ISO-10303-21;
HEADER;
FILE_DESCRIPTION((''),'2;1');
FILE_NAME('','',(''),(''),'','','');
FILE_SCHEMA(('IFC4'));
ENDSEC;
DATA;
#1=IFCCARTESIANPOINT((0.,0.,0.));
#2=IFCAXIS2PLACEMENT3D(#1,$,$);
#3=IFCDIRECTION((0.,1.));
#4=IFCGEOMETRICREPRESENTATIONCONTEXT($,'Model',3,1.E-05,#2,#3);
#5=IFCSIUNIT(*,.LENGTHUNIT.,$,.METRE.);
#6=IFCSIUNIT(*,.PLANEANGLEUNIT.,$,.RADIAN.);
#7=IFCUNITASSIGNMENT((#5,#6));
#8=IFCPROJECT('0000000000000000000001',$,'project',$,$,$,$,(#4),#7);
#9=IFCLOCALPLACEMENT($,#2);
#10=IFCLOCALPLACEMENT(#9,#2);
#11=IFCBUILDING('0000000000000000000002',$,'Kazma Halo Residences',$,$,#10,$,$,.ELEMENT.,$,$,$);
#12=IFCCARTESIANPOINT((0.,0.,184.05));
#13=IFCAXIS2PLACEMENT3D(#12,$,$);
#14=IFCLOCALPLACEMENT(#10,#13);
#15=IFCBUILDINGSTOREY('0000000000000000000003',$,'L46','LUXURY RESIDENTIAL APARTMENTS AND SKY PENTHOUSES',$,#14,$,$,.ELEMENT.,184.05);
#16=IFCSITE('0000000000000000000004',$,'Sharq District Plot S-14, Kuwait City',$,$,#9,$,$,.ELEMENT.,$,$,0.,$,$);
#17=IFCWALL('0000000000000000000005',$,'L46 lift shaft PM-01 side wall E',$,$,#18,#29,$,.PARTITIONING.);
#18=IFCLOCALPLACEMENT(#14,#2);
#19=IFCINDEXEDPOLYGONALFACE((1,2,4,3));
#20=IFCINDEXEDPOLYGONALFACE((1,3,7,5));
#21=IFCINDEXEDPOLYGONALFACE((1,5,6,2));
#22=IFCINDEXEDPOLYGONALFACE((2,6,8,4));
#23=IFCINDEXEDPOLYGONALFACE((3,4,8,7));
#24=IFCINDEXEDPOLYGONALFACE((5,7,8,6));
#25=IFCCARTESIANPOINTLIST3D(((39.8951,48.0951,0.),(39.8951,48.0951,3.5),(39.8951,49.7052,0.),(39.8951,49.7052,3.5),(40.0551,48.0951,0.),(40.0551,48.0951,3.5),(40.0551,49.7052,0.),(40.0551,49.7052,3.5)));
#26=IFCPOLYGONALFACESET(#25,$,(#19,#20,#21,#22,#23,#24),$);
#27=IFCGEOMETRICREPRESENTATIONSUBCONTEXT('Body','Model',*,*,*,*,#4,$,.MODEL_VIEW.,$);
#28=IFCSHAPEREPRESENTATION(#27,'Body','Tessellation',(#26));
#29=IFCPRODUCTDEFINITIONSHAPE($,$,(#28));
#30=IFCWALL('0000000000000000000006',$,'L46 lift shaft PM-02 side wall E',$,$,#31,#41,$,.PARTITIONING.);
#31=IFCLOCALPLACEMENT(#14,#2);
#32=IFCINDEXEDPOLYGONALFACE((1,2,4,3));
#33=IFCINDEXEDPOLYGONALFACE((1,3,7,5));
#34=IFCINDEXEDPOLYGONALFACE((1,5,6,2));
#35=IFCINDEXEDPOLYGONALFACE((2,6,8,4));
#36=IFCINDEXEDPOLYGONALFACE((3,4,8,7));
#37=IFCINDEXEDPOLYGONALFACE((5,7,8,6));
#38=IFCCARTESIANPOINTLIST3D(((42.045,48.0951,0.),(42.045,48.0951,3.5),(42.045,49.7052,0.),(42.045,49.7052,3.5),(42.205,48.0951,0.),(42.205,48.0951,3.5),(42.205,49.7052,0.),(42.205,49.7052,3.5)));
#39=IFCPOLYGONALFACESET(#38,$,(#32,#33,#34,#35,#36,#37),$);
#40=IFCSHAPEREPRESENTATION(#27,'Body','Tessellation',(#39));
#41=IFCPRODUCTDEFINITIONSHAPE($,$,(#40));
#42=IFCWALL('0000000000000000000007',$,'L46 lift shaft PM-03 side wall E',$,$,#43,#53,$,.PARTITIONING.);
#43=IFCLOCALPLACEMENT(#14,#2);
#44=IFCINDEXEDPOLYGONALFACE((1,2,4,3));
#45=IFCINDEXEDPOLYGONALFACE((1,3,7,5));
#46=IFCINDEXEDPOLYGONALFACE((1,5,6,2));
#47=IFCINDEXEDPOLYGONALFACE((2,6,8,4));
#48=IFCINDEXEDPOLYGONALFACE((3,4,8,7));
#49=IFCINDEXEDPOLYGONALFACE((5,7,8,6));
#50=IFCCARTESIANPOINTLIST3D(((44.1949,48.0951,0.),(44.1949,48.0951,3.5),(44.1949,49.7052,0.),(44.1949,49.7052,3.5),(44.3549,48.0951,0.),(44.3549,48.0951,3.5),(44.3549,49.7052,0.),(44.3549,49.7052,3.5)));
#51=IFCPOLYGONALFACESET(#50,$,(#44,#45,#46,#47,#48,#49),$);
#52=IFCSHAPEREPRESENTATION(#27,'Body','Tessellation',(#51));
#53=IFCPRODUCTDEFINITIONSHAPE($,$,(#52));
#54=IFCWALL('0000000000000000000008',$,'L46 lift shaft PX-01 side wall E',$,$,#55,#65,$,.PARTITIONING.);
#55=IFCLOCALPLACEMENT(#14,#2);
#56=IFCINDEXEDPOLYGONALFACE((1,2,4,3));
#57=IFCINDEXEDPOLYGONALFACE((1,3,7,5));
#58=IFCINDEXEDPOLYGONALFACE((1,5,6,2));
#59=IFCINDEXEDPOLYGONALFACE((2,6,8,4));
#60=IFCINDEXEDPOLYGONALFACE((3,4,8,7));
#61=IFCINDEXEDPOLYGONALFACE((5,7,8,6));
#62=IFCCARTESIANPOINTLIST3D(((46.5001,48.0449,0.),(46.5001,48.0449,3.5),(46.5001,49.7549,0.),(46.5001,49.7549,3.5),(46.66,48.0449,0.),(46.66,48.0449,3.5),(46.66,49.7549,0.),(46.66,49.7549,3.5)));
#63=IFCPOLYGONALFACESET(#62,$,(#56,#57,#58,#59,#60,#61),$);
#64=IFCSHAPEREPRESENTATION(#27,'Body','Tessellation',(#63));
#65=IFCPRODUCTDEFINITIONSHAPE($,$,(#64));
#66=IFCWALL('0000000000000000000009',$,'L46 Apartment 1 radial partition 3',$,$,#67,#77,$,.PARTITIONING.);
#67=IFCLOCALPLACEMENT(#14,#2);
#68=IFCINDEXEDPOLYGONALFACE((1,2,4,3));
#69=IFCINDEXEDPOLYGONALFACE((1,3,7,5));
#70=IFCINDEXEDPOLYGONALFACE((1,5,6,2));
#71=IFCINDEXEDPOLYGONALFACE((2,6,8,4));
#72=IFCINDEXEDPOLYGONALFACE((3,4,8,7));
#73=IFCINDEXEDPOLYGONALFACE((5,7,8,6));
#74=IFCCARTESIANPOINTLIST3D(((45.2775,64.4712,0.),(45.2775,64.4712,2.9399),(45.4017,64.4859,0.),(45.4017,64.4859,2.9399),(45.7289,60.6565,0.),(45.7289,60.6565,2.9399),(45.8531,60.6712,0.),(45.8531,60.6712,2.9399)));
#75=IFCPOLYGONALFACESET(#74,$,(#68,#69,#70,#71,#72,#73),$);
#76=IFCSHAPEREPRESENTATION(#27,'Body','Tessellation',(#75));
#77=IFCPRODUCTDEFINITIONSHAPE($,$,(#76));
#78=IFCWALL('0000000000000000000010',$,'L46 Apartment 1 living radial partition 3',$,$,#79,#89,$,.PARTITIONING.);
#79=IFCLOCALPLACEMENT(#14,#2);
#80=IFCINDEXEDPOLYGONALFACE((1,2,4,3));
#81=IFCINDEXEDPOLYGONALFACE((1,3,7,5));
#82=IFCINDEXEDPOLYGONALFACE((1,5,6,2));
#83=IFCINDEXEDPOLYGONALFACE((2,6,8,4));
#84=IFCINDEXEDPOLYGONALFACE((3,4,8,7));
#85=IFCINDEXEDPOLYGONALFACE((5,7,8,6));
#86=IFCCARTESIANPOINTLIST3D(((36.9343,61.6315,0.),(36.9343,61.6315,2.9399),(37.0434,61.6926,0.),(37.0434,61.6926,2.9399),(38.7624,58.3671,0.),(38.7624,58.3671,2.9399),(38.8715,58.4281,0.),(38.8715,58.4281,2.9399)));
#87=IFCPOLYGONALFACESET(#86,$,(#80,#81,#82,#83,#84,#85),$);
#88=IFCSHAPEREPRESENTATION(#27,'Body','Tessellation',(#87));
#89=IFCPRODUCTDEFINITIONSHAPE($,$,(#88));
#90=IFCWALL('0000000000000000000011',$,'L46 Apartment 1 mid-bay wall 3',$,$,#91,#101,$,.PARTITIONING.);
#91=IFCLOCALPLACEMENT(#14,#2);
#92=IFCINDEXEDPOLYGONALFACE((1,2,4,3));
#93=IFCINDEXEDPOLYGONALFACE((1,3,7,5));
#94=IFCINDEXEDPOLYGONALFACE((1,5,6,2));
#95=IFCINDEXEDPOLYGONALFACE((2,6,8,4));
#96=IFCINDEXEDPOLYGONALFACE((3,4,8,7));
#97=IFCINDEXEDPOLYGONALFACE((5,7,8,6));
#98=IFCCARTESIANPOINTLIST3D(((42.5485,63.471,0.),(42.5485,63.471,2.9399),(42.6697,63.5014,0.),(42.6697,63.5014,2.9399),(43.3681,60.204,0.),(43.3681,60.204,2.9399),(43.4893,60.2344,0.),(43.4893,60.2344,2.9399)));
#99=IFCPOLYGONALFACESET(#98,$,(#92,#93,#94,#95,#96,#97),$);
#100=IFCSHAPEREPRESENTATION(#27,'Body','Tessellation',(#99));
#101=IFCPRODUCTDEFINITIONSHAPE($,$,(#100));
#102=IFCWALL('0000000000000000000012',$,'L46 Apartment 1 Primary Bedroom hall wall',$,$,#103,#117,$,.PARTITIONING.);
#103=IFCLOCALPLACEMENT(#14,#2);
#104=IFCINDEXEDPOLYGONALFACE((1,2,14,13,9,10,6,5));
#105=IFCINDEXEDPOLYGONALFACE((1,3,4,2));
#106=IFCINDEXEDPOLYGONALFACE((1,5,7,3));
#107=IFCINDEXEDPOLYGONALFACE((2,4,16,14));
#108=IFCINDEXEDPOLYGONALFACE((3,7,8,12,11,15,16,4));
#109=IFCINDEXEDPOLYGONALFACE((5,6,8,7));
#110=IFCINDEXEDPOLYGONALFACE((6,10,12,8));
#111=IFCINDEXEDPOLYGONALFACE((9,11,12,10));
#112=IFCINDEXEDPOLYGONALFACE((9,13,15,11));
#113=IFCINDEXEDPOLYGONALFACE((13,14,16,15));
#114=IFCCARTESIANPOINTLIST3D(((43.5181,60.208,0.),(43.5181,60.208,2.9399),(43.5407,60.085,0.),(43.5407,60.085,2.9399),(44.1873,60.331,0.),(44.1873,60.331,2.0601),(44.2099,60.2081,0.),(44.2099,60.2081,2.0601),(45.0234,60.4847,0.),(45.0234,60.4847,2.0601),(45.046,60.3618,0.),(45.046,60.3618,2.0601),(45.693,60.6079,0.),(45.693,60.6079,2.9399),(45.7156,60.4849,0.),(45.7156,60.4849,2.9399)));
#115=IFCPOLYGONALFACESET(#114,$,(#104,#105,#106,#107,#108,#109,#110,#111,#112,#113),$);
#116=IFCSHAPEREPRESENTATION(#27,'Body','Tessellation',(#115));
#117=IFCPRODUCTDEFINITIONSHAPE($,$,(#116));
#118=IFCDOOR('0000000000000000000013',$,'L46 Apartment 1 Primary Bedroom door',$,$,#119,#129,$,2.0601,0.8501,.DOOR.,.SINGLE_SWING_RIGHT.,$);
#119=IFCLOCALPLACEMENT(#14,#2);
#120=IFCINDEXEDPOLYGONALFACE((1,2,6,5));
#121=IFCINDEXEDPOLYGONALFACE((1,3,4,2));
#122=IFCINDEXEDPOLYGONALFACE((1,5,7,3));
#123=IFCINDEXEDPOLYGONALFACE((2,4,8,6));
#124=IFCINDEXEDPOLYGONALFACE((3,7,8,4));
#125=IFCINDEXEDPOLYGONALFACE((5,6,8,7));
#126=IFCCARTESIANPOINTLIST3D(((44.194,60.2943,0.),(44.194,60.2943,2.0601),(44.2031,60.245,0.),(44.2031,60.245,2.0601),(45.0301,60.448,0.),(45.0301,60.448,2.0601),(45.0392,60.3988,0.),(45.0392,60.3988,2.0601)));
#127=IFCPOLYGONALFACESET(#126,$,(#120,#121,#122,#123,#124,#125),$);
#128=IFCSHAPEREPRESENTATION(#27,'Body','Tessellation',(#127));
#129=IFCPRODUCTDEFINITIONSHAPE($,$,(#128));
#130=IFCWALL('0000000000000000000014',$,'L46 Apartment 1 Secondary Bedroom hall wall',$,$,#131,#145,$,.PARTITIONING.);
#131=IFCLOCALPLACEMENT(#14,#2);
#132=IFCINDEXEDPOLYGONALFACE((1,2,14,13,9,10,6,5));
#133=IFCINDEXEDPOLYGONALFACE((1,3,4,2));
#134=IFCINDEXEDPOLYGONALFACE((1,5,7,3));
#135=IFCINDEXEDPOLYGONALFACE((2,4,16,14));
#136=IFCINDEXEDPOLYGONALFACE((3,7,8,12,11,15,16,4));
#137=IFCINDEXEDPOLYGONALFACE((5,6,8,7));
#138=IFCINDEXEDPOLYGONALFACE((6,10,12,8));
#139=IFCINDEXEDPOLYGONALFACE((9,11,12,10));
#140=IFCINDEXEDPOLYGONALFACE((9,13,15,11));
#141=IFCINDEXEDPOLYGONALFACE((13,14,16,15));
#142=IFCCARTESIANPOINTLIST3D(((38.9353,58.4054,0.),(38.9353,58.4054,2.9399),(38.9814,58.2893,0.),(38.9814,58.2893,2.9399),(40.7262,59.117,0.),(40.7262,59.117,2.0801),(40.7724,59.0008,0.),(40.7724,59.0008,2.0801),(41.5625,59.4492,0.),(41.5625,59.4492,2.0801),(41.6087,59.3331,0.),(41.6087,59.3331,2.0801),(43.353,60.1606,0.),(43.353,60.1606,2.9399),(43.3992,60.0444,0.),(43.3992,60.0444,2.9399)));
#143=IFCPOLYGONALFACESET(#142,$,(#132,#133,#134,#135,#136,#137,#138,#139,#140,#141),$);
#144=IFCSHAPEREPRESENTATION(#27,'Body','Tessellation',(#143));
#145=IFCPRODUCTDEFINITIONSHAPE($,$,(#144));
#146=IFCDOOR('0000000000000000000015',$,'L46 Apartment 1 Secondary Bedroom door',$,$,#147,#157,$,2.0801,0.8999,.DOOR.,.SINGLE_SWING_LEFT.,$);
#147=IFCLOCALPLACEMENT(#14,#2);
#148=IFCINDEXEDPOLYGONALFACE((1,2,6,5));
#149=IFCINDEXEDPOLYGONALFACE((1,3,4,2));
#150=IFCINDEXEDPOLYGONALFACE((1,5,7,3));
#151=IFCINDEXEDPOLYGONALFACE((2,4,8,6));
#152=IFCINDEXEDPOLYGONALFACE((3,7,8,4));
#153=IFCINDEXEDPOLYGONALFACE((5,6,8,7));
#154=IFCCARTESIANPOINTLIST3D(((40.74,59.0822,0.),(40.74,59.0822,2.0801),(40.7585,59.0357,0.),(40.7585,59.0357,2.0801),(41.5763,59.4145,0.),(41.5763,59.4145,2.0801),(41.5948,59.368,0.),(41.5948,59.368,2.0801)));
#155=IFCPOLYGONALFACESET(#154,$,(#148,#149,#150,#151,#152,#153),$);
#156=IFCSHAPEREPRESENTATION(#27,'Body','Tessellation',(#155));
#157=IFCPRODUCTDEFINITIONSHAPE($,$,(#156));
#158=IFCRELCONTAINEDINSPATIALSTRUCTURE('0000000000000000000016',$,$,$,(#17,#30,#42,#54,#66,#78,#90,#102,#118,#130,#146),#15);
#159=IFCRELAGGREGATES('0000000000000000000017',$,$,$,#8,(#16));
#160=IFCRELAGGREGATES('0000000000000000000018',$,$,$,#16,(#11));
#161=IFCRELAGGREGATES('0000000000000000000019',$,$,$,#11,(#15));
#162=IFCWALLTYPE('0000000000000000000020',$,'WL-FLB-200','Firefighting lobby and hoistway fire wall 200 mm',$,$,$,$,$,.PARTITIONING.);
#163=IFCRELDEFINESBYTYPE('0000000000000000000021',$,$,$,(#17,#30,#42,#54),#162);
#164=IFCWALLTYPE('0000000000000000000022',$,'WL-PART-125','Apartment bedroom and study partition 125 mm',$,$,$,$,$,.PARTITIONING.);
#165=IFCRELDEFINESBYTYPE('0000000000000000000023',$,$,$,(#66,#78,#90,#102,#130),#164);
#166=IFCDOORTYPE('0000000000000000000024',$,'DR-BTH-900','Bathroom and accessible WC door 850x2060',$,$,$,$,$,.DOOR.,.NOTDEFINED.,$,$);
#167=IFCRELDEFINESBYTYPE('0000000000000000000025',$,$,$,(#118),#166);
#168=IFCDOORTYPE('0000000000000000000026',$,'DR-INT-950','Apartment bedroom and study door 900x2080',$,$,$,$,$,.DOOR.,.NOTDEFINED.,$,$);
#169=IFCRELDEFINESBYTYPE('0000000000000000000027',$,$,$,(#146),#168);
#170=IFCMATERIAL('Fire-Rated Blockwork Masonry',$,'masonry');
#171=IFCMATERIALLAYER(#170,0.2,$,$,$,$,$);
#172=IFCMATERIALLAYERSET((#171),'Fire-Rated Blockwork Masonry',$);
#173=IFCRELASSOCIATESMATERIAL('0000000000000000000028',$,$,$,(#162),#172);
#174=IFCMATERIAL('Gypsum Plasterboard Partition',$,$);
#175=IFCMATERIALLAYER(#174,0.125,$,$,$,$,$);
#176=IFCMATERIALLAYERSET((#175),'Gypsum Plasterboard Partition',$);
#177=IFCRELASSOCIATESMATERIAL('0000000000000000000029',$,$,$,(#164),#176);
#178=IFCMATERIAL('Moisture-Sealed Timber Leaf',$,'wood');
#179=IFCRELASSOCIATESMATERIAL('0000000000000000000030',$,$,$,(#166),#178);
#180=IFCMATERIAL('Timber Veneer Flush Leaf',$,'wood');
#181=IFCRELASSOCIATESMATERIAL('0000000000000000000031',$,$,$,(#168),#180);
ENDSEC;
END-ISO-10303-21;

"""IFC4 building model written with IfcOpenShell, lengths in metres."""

from ifc_helpers import new_model, si_unit, direction, frame, frame_2d, origin, place, context, subcontext, project, spatial, rectangle, extrude, material, layer, layer_set, type_object, element, fill, save


model = new_model("IFC4")

# Units and contexts
model_context = context("Model", 3, precision=1e-05, world=origin(), true_north=direction((0.0, 1.0)))
body_context = subcontext(model_context, "Body", "Model", "MODEL_VIEW")
ifc_project = project(units=[si_unit("LENGTHUNIT", "METRE"), si_unit("PLANEANGLEUNIT", "RADIAN")], contexts=[model_context])

# Site, building, storey
site_placement = place(None, origin())
site = spatial("IfcSite", under=ifc_project, at=site_placement, Name="Sharq District Plot S-14, Kuwait City", CompositionType="ELEMENT", RefElevation=0.0)
building_placement = place(site_placement, origin())
building = spatial("IfcBuilding", under=site, at=building_placement, Name="Kazma Halo Residences", CompositionType="ELEMENT")
storey_placement = place(building_placement, frame((0.0, 0.0, 184.05)))
storey = spatial("IfcBuildingStorey", under=building, at=storey_placement, Name="L46", Description="LUXURY RESIDENTIAL APARTMENTS AND SKY PENTHOUSES", CompositionType="ELEMENT", Elevation=184.05)

# Walls
ifc_material_1 = material(Name="Fire-Rated Blockwork Masonry", Category="masonry")
ifc_layer_1 = layer(ifc_material_1, 0.2)
ifc_layer_set_1 = layer_set([ifc_layer_1], Name="Fire-Rated Blockwork Masonry")
wall_type_1 = type_object("IfcWallType", Name="WL-FLB-200", Description="Firefighting lobby and hoistway fire wall 200 mm", PredefinedType="PARTITIONING", material=ifc_layer_set_1)
for number, where, z_axis, x_axis, name in (
    (1, (39.9751, 48.095, 0.0), (0.0, 0.0, 1.0), (0.0, 1.0, 0.0), "L46 lift shaft PM-01 side wall E"),
    (2, (42.125, 48.095, 0.0), (0.0, 0.0, 1.0), (0.0, 1.0, 0.0), "L46 lift shaft PM-02 side wall E"),
    (3, (44.2749, 48.095, 0.0), (0.0, 0.0, 1.0), (0.0, 1.0, 0.0), "L46 lift shaft PM-03 side wall E"),
):
    element("IfcWall", number, at=place(storey_placement, frame(where, z_axis=z_axis, x_axis=x_axis)), inside=storey, type_object=wall_type_1, Name=name, PredefinedType="PARTITIONING", context=body_context, shape_type="SweptSolid", body=[
        extrude(rectangle(XDim=1.6101, YDim=0.1599, at=frame_2d((0.8052, 0.0))), origin(), (0.0, 0.0, 1.0), 3.5),
    ])
wall_1_placement = place(storey_placement, frame((46.5801, 48.0449, 0.0), z_axis=(0.0, 0.0, 1.0), x_axis=(0.0, 1.0, 0.0)))
element("IfcWall", 4, at=wall_1_placement, inside=storey, type_object=wall_type_1, Name="L46 lift shaft PX-01 side wall E", PredefinedType="PARTITIONING", context=body_context, shape_type="SweptSolid", body=[
    extrude(rectangle(XDim=1.71, YDim=0.1599, at=frame_2d((0.855, 0.0))), origin(), (0.0, 0.0, 1.0), 3.5),
])
ifc_material_2 = material(Name="Gypsum Plasterboard Partition")
ifc_layer_2 = layer(ifc_material_2, 0.125)
ifc_layer_set_2 = layer_set([ifc_layer_2], Name="Gypsum Plasterboard Partition")
wall_type_2 = type_object("IfcWallType", Name="WL-PART-125", Description="Apartment bedroom and study partition 125 mm", PredefinedType="PARTITIONING", material=ifc_layer_set_2)
wall_2_placement = place(storey_placement, frame((45.791, 60.6638, 0.0), z_axis=(0.0, 0.0, 1.0), x_axis=(-0.117516, 0.993071, 0.0)))
element("IfcWall", 5, at=wall_2_placement, inside=storey, type_object=wall_type_2, Name="L46 Apartment 1 radial partition 3", PredefinedType="PARTITIONING", context=body_context, shape_type="SweptSolid", body=[
    extrude(rectangle(XDim=3.8413, YDim=0.125, at=frame_2d((1.9207, 0.0))), origin(), (0.0, 0.0, 1.0), 2.9399),
])
wall_3_placement = place(storey_placement, frame((38.8169, 58.3977, 0.0), z_axis=(0.0, 0.0, 1.0), x_axis=(-0.488615, 0.872499, 0.0)))
element("IfcWall", 6, at=wall_3_placement, inside=storey, type_object=wall_type_2, Name="L46 Apartment 1 living radial partition 3", PredefinedType="PARTITIONING", context=body_context, shape_type="SweptSolid", body=[
    extrude(rectangle(XDim=3.7415, YDim=0.125, at=frame_2d((1.8706, 0.0))), origin(), (0.0, 0.0, 1.0), 2.9399),
])
wall_4_placement = place(storey_placement, frame((43.4287, 60.2192, 0.0), z_axis=(0.0, 0.0, 1.0), x_axis=(-0.243337, 0.969942, 0.0)))
element("IfcWall", 7, at=wall_4_placement, inside=storey, type_object=wall_type_2, Name="L46 Apartment 1 mid-bay wall 3", PredefinedType="PARTITIONING", context=body_context, shape_type="SweptSolid", body=[
    extrude(rectangle(XDim=3.3682, YDim=0.125, at=frame_2d((1.6841, 0.0))), origin(), (0.0, 0.0, 1.0), 2.9399),
])

# Walls, openings, doors
wall_5_placement = place(storey_placement, frame((45.7043, 60.5464, 0.0), z_axis=(0.0, 0.0, 1.0), x_axis=(-0.983515, -0.180828, 0.0)))
wall_5 = element("IfcWall", 8, at=wall_5_placement, inside=storey, type_object=wall_type_2, Name="L46 Apartment 1 Primary Bedroom hall wall", PredefinedType="PARTITIONING", context=body_context, shape_type="SweptSolid", body=[
    extrude(rectangle(XDim=2.2114, YDim=0.125, at=frame_2d((1.1057, 0.0))), origin(), (0.0, 0.0, 1.0), 2.9399),
])
opening_1_placement = place(wall_5_placement, frame((0.6809, 0.0, 0.0)))
opening_1 = element("IfcOpeningElement", 9, at=opening_1_placement, cuts=wall_5, PredefinedType="OPENING", context=body_context, shape_type="SweptSolid", body=[
    extrude(rectangle(XDim=0.8501, YDim=2.0601, at=frame_2d((0.425, 1.03))), frame((0.0, 0.0725, 0.0), z_axis=(0.0, -1.0, 0.0), x_axis=(1.0, 0.0, 0.0)), (0.0, 0.0, 1.0), 0.145),
])
ifc_material_3 = material(Name="Moisture-Sealed Timber Leaf", Category="wood")
door_type_1 = type_object("IfcDoorType", Name="DR-BTH-900", Description="Bathroom and accessible WC door 850x2060", OperationType="NOTDEFINED", PredefinedType="DOOR", material=ifc_material_3)
door_1_placement = place(opening_1_placement, origin())
door_1 = element("IfcDoor", 10, at=door_1_placement, inside=storey, type_object=door_type_1, Name="L46 Apartment 1 Primary Bedroom door", OperationType="SINGLE_SWING_RIGHT", OverallHeight=2.0601, OverallWidth=0.8501, PredefinedType="DOOR", context=body_context, shape_type="SweptSolid", body=[
    extrude(rectangle(XDim=0.8501, YDim=2.0601, at=frame_2d((0.425, 1.03))), frame((0.0, 0.0249, 0.0), z_axis=(0.0, -1.0, 0.0), x_axis=(1.0, 0.0, 0.0)), (0.0, 0.0, 1.0), 0.05),
])
fill(opening_1, door_1)
wall_6_placement = place(storey_placement, frame((43.3762, 60.1025, 0.0), z_axis=(0.0, 0.0, 1.0), x_axis=(-0.929342, -0.36922, 0.0)))
wall_6 = element("IfcWall", 11, at=wall_6_placement, inside=storey, type_object=wall_type_2, Name="L46 Apartment 1 Secondary Bedroom hall wall", PredefinedType="PARTITIONING", context=body_context, shape_type="SweptSolid", body=[
    extrude(rectangle(XDim=4.7537, YDim=0.125, at=frame_2d((2.377, 0.0))), origin(), (0.0, 0.0, 1.0), 2.9399),
])
opening_2_placement = place(wall_6_placement, frame((1.9268, 0.0, 0.0)))
opening_2 = element("IfcOpeningElement", 12, at=opening_2_placement, cuts=wall_6, PredefinedType="OPENING", context=body_context, shape_type="SweptSolid", body=[
    extrude(rectangle(XDim=0.8999, YDim=2.0801, at=frame_2d((0.45, 1.04))), frame((0.0, 0.0725, 0.0), z_axis=(0.0, -1.0, 0.0), x_axis=(1.0, 0.0, 0.0)), (0.0, 0.0, 1.0), 0.145),
])
ifc_material_4 = material(Name="Timber Veneer Flush Leaf", Category="wood")
door_type_2 = type_object("IfcDoorType", Name="DR-INT-950", Description="Apartment bedroom and study door 900x2080", OperationType="NOTDEFINED", PredefinedType="DOOR", material=ifc_material_4)
door_2_placement = place(opening_2_placement, origin())
door_2 = element("IfcDoor", 13, at=door_2_placement, inside=storey, type_object=door_type_2, Name="L46 Apartment 1 Secondary Bedroom door", OperationType="SINGLE_SWING_LEFT", OverallHeight=2.0801, OverallWidth=0.8999, PredefinedType="DOOR", context=body_context, shape_type="SweptSolid", body=[
    extrude(rectangle(XDim=0.8999, YDim=2.0801, at=frame_2d((0.45, 1.04))), frame((0.0, 0.0249, 0.0), z_axis=(0.0, -1.0, 0.0), x_axis=(1.0, 0.0, 0.0)), (0.0, 0.0, 1.0), 0.05),
])
fill(opening_2, door_2)

save(model, "model.ifc")
